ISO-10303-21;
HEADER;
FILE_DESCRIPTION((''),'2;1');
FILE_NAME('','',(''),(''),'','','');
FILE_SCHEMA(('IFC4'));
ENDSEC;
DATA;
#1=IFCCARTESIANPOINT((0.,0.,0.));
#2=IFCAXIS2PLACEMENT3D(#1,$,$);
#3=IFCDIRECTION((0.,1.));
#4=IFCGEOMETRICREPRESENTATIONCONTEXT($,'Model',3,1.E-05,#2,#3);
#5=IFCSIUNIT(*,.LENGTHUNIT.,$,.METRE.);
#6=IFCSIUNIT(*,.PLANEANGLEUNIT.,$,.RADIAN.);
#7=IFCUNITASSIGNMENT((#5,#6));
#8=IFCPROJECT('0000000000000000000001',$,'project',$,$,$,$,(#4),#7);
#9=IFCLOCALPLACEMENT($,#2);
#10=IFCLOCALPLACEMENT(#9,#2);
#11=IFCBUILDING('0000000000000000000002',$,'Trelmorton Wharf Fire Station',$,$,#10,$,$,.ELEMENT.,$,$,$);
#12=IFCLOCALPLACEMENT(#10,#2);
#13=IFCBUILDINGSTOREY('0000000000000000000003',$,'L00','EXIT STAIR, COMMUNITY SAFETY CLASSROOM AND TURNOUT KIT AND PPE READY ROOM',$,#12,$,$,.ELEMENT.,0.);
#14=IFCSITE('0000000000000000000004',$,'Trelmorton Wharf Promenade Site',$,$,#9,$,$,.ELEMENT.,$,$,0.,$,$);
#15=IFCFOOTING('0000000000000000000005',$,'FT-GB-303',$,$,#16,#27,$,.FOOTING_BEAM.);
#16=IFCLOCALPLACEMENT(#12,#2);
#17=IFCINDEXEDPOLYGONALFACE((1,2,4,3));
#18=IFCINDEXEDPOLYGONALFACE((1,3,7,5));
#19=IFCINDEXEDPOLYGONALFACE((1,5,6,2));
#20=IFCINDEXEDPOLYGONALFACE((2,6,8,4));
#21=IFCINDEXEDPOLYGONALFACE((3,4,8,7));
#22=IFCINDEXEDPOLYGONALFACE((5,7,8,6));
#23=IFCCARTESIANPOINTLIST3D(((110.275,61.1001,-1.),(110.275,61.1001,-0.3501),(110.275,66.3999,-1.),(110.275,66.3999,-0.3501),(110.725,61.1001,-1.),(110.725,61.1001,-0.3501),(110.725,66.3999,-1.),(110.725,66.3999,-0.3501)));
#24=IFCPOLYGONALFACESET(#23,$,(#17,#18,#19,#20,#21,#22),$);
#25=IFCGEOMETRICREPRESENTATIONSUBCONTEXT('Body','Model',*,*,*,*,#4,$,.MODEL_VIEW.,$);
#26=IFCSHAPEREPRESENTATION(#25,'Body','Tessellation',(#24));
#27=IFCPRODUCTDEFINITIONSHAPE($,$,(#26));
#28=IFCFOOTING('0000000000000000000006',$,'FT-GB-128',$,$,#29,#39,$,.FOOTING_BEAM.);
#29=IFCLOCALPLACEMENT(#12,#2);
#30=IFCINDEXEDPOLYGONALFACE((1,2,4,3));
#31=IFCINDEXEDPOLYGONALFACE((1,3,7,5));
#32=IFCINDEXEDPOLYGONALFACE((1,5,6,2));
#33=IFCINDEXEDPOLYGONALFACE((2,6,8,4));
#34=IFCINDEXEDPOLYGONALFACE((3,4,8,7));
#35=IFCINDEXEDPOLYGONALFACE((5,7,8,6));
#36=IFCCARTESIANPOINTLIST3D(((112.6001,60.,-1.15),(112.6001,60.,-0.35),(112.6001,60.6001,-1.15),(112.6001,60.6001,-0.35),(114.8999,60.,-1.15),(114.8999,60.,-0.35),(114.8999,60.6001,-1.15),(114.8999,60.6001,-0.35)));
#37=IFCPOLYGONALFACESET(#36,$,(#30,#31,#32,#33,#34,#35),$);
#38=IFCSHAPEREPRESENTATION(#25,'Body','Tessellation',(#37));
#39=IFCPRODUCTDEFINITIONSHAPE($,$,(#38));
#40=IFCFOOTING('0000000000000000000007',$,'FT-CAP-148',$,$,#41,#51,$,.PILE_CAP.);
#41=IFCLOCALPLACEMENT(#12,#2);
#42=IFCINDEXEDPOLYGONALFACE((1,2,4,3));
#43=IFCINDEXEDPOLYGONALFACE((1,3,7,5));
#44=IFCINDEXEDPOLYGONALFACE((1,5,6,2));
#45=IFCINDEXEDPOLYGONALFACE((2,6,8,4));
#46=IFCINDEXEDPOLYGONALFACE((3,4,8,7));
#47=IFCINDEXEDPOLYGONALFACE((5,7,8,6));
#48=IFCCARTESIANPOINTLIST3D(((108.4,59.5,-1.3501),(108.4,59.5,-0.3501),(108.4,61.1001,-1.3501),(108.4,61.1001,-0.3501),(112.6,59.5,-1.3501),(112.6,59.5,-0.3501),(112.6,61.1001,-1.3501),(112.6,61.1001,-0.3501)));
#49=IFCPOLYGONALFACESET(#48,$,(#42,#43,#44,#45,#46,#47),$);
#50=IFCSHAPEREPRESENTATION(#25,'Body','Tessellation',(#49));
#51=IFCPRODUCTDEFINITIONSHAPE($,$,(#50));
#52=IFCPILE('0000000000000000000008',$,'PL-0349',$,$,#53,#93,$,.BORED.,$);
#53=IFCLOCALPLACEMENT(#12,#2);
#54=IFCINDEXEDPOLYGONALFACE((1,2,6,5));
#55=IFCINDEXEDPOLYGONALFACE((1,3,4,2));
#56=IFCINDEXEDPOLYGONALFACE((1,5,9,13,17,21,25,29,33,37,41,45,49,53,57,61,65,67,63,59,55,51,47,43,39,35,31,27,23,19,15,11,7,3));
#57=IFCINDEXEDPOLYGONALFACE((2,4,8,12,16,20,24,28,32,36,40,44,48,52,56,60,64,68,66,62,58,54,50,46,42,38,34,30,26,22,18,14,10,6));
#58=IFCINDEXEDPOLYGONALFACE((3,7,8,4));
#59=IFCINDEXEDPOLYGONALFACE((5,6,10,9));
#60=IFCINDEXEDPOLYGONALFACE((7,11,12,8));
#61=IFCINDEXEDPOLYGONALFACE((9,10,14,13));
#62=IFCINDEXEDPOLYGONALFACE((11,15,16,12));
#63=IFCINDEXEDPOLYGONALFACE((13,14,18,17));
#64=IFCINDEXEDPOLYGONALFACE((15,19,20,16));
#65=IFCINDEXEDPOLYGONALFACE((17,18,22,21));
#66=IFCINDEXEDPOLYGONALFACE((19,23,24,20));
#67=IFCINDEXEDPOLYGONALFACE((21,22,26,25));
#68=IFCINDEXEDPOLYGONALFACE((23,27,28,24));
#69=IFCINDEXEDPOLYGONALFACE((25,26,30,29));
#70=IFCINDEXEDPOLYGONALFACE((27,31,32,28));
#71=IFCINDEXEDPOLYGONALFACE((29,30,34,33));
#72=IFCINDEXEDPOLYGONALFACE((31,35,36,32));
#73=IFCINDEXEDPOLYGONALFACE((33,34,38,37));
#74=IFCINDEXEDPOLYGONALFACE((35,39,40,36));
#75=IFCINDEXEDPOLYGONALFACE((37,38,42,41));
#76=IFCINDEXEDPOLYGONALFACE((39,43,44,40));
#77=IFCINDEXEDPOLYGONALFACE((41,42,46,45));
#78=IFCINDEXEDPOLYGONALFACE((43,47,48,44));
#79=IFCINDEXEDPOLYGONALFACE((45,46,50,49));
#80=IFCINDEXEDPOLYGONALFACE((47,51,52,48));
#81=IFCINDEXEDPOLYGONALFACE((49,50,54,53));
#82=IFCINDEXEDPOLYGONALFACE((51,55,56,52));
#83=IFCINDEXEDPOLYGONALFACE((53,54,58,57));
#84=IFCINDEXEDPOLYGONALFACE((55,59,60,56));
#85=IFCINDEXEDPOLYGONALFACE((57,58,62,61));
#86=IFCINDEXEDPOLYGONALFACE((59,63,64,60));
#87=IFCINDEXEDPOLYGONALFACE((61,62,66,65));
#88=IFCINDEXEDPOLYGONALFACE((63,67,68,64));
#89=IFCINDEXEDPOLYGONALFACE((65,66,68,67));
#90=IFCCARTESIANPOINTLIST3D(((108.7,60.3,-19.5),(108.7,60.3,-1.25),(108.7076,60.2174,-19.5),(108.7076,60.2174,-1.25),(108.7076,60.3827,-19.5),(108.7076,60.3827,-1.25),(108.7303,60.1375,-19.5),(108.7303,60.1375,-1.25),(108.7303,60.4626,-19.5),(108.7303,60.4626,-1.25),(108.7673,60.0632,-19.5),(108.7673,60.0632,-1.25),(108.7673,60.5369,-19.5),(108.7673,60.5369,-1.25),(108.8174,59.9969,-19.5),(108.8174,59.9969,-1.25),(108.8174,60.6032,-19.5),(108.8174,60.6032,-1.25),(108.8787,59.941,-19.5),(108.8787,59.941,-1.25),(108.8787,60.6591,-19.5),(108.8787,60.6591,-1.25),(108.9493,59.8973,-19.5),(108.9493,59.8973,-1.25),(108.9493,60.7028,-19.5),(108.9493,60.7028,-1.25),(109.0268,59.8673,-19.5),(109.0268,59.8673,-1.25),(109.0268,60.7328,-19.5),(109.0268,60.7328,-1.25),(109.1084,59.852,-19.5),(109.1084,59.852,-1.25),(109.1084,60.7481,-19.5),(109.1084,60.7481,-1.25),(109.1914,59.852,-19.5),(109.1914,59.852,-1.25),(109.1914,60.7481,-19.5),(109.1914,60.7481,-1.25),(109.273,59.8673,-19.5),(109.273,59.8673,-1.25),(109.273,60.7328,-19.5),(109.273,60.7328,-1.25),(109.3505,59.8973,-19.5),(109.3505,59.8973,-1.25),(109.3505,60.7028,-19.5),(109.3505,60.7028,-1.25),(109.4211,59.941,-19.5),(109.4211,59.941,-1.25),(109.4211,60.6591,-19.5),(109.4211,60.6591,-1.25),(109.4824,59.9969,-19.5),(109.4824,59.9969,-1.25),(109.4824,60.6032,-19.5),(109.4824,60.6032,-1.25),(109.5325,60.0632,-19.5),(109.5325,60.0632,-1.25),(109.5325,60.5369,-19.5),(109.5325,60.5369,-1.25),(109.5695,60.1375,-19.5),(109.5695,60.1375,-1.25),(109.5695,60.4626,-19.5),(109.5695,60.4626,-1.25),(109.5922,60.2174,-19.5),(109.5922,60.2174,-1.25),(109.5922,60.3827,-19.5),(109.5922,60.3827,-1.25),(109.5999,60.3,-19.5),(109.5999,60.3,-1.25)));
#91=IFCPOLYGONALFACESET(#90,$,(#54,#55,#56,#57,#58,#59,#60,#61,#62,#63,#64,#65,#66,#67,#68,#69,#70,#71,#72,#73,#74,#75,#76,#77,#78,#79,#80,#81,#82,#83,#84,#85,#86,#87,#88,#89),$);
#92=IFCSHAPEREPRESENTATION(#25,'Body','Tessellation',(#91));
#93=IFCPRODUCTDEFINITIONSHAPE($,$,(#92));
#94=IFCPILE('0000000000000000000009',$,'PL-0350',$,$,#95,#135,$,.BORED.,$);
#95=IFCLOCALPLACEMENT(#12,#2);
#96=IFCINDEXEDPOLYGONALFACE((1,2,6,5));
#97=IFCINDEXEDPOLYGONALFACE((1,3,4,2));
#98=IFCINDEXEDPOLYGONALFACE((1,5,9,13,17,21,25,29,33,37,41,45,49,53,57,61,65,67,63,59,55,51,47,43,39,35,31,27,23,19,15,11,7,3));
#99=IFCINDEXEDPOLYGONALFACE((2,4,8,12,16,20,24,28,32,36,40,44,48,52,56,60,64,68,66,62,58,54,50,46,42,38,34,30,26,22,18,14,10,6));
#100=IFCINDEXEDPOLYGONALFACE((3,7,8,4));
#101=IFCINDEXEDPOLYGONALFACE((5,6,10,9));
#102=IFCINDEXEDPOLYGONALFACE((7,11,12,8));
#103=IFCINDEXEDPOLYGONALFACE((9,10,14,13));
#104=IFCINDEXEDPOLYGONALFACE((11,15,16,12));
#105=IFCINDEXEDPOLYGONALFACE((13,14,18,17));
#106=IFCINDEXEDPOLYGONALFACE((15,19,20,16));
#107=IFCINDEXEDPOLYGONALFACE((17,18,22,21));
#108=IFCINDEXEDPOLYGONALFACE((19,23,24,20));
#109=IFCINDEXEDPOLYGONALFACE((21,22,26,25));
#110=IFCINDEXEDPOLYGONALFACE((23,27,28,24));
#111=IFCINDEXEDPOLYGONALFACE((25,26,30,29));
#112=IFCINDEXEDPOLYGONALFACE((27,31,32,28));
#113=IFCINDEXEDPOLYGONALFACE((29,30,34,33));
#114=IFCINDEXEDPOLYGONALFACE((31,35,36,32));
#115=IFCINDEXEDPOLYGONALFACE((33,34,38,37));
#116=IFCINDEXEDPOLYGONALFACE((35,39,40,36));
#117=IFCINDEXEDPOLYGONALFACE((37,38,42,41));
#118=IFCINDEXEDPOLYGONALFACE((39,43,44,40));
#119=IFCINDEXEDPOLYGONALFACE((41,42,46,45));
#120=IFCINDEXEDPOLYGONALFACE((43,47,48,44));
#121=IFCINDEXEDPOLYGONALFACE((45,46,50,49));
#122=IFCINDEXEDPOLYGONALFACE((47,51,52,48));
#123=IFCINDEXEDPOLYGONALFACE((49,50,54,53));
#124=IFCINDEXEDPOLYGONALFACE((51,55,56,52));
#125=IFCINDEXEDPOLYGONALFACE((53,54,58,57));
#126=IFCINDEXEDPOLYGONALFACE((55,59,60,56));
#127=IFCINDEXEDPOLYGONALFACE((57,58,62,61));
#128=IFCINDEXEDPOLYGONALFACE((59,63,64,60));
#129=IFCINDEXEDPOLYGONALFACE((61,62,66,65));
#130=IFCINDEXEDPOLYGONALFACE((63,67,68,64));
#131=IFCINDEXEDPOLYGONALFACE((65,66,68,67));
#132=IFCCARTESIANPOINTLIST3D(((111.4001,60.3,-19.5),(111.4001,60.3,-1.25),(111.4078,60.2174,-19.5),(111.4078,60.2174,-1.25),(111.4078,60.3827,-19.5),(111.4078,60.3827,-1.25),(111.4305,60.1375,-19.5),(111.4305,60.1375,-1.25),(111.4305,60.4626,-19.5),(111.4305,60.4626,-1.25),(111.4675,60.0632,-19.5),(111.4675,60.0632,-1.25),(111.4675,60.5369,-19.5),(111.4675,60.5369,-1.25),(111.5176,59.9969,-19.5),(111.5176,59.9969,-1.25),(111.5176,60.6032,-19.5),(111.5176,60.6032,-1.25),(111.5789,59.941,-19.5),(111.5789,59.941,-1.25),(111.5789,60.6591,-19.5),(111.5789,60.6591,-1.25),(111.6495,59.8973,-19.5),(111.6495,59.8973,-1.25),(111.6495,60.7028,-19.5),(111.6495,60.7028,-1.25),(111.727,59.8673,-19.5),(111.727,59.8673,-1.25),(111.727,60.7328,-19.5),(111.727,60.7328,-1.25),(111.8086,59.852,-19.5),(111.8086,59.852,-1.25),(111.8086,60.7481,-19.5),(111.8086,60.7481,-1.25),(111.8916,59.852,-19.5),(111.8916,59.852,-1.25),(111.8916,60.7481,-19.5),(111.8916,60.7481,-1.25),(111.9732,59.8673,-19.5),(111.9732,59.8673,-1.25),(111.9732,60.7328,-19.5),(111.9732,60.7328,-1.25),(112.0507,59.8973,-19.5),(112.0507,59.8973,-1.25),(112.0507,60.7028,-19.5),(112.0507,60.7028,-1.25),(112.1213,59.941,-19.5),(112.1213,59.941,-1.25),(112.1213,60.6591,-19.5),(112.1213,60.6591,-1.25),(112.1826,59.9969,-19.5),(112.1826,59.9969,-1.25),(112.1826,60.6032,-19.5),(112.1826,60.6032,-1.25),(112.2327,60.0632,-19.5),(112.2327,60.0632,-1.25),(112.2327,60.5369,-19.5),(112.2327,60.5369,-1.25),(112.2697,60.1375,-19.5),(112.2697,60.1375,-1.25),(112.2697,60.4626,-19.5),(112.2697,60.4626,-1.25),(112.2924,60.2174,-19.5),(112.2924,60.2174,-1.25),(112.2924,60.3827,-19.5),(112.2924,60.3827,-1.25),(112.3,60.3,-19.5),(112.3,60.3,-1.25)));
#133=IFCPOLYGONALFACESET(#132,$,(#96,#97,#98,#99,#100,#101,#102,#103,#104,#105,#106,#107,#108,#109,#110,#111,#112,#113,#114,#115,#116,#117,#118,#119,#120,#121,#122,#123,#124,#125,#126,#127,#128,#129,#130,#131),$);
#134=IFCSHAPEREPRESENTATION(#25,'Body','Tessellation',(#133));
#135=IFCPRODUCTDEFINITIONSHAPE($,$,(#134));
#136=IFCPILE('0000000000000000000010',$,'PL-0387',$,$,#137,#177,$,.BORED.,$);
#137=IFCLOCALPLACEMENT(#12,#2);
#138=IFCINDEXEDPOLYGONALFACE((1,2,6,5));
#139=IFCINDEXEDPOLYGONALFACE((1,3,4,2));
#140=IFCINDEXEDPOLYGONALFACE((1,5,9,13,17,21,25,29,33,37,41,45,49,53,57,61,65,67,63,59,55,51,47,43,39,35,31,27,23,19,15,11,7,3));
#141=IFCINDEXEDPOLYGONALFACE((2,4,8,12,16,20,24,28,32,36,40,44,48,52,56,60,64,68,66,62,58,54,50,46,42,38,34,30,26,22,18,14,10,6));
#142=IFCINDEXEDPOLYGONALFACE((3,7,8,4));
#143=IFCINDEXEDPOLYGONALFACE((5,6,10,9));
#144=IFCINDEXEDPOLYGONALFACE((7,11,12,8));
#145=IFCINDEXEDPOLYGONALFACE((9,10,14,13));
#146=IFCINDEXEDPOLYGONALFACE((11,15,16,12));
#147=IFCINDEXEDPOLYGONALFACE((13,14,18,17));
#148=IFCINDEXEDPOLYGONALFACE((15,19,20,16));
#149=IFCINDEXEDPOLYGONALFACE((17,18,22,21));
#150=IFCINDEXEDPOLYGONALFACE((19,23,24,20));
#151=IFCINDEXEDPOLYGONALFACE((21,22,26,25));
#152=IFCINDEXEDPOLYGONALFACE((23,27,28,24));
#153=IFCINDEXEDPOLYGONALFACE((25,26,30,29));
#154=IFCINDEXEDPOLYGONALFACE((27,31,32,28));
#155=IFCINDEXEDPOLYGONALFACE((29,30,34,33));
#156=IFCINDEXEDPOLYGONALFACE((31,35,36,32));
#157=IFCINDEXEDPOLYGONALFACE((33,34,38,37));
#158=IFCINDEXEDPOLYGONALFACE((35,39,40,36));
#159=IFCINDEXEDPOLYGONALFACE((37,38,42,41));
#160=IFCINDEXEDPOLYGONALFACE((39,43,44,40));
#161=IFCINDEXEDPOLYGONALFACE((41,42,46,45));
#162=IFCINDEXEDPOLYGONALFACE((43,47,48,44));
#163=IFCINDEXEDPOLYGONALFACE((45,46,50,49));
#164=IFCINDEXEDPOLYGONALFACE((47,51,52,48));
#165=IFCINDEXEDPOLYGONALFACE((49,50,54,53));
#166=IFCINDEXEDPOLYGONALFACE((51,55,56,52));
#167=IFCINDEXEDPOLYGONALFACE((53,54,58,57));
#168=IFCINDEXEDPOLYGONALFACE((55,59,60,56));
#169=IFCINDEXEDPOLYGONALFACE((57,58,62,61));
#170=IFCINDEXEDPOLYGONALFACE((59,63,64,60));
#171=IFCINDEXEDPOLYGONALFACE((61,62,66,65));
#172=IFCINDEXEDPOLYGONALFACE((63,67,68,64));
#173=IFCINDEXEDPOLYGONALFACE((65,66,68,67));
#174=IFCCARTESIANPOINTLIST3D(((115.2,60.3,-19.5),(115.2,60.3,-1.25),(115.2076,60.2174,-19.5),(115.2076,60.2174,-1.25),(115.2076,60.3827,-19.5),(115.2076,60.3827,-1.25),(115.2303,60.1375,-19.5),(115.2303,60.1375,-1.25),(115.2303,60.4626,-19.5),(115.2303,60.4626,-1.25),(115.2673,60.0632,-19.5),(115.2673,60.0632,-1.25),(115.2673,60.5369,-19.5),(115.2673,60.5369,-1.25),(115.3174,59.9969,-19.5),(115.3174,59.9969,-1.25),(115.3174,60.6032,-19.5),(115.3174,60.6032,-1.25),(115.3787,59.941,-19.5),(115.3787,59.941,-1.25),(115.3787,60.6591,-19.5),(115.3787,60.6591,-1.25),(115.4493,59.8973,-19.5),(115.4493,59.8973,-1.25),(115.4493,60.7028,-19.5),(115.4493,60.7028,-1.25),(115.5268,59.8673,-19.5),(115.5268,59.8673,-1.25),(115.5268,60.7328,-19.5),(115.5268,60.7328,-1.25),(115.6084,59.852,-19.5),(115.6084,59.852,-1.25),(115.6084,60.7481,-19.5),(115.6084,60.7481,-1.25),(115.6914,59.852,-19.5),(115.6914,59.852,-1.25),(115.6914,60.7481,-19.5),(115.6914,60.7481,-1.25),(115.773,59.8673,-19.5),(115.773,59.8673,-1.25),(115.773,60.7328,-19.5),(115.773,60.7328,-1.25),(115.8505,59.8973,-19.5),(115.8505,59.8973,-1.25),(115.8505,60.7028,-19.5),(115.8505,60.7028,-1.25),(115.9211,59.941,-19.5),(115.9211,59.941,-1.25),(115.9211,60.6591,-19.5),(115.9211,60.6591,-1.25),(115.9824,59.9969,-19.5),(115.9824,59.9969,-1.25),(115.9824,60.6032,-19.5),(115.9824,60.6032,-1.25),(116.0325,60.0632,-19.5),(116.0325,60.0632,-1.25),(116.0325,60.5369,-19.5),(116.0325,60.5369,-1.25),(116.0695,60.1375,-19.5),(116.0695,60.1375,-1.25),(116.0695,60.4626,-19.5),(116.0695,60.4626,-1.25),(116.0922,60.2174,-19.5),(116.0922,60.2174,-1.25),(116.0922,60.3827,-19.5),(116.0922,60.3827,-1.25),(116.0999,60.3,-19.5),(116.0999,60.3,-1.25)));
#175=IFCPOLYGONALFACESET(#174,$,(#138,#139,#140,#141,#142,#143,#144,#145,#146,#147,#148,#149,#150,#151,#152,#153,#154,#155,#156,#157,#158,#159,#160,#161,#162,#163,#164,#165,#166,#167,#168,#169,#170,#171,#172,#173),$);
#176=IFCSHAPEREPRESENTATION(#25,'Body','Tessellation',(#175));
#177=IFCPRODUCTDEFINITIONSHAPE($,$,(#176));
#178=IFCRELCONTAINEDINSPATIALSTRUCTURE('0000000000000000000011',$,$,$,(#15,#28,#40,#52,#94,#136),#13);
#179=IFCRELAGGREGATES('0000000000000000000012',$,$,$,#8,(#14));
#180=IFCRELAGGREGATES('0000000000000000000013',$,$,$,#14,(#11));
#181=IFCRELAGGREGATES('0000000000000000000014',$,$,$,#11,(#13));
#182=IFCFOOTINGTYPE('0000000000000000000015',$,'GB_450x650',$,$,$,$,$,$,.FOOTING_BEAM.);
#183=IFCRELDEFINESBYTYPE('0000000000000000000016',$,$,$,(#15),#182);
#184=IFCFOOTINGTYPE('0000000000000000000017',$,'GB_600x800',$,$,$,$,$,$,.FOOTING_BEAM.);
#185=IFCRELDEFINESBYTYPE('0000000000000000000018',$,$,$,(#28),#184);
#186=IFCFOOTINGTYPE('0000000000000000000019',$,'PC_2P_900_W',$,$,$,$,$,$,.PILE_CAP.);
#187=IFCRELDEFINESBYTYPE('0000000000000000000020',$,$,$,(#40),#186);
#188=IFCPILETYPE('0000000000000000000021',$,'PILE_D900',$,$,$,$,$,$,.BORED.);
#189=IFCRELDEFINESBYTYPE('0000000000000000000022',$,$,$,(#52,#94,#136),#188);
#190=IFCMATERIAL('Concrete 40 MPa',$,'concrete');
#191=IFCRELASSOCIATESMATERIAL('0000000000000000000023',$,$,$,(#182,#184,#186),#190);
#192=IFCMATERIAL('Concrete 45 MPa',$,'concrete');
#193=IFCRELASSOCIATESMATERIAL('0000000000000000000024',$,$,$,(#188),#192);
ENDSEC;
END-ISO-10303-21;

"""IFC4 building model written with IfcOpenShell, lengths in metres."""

from ifc_helpers import new_model, si_unit, direction, frame, origin, origin_2d, place, context, subcontext, project, spatial, rectangle, circle, extrude, material, material_profile, profile_set, type_object, element, save


model = new_model("IFC4")

# Units and contexts
model_context = context("Model", 3, precision=1e-05, world=origin(), true_north=direction((0.0, 1.0)))
body_context = subcontext(model_context, "Body", "Model", "MODEL_VIEW")
ifc_project = project(units=[si_unit("LENGTHUNIT", "METRE"), si_unit("PLANEANGLEUNIT", "RADIAN")], contexts=[model_context])

# Site, building, storey
site_placement = place(None, origin())
site = spatial("IfcSite", under=ifc_project, at=site_placement, Name="Trelmorton Wharf Promenade Site", CompositionType="ELEMENT", RefElevation=0.0)
building_placement = place(site_placement, origin())
building = spatial("IfcBuilding", under=site, at=building_placement, Name="Trelmorton Wharf Fire Station", CompositionType="ELEMENT")
storey_placement = place(building_placement, origin())
storey = spatial("IfcBuildingStorey", under=building, at=storey_placement, Name="L00", Description="EXIT STAIR, COMMUNITY SAFETY CLASSROOM AND TURNOUT KIT AND PPE READY ROOM", CompositionType="ELEMENT", Elevation=0.0)

# Footings
ifc_material_1 = material(Name="Concrete 40 MPa", Category="concrete")
ifc_material_profile_1 = material_profile(ifc_material_1, rectangle(XDim=0.45, YDim=0.6499, at=origin_2d()), Name="RC450x650")
ifc_profile_set_1 = profile_set([ifc_material_profile_1], Name="Concrete 40 MPa")
footing_type_1 = type_object("IfcFootingType", Name="GB_450x650", PredefinedType="FOOTING_BEAM", material=ifc_profile_set_1)
footing_1_placement = place(storey_placement, frame((110.5, 61.1001, -0.675), z_axis=(0.0, 1.0, 0.0), x_axis=(-1.0, 0.0, 0.0)))
element("IfcFooting", 1, at=footing_1_placement, inside=storey, type_object=footing_type_1, Name="FT-GB-303", PredefinedType="FOOTING_BEAM", context=body_context, shape_type="SweptSolid", body=[
    extrude(rectangle(XDim=0.45, YDim=0.6499, at=origin_2d()), origin(), (0.0, 0.0, 1.0), 5.2998),
])
ifc_material_profile_2 = material_profile(ifc_material_1, rectangle(XDim=0.6001, YDim=0.8, at=origin_2d()), Name="RC600x800")
ifc_profile_set_2 = profile_set([ifc_material_profile_2], Name="Concrete 40 MPa")
footing_type_2 = type_object("IfcFootingType", Name="GB_600x800", PredefinedType="FOOTING_BEAM", material=ifc_profile_set_2)
footing_2_placement = place(storey_placement, frame((112.6001, 60.3, -0.75), z_axis=(1.0, 0.0, 0.0), x_axis=(0.0, 1.0, 0.0)))
element("IfcFooting", 2, at=footing_2_placement, inside=storey, type_object=footing_type_2, Name="FT-GB-128", PredefinedType="FOOTING_BEAM", context=body_context, shape_type="SweptSolid", body=[
    extrude(rectangle(XDim=0.6001, YDim=0.8, at=origin_2d()), origin(), (0.0, 0.0, 1.0), 2.2998),
])
footing_type_3 = type_object("IfcFootingType", Name="PC_2P_900_W", PredefinedType="PILE_CAP", material=ifc_material_1)
footing_3_placement = place(storey_placement, frame((110.5, 60.3, -1.3501), z_axis=(0.0, 0.0, 1.0), x_axis=(1.0, 0.0, 0.0)))
element("IfcFooting", 3, at=footing_3_placement, inside=storey, type_object=footing_type_3, Name="FT-CAP-148", PredefinedType="PILE_CAP", context=body_context, shape_type="SweptSolid", body=[
    extrude(rectangle(XDim=4.2, YDim=1.6001, at=origin_2d()), origin(), (0.0, 0.0, 1.0), 1.0),
])

# Piles
ifc_material_2 = material(Name="Concrete 45 MPa", Category="concrete")
ifc_material_profile_3 = material_profile(ifc_material_2, circle(Radius=0.45, at=origin_2d()), Name="PILE-D900")
ifc_profile_set_3 = profile_set([ifc_material_profile_3], Name="Concrete 45 MPa")
pile_type = type_object("IfcPileType", Name="PILE_D900", PredefinedType="BORED", material=ifc_profile_set_3)
for number, where, z_axis, x_axis, name in (
    (4, (109.1499, 60.3, -1.25), (0.0, 0.0, -1.0), (1.0, 0.0, 0.0), "PL-0349"),
    (5, (111.8501, 60.3, -1.25), (0.0, 0.0, -1.0), (1.0, 0.0, 0.0), "PL-0350"),
    (6, (115.6499, 60.3, -1.25), (0.0, 0.0, -1.0), (1.0, 0.0, 0.0), "PL-0387"),
):
    element("IfcPile", number, at=place(storey_placement, frame(where, z_axis=z_axis, x_axis=x_axis)), inside=storey, type_object=pile_type, Name=name, PredefinedType="BORED", context=body_context, shape_type="SweptSolid", body=[
        extrude(circle(Radius=0.45, at=origin_2d()), origin(), (0.0, 0.0, 1.0), 18.25),
    ])

save(model, "model.ifc")
